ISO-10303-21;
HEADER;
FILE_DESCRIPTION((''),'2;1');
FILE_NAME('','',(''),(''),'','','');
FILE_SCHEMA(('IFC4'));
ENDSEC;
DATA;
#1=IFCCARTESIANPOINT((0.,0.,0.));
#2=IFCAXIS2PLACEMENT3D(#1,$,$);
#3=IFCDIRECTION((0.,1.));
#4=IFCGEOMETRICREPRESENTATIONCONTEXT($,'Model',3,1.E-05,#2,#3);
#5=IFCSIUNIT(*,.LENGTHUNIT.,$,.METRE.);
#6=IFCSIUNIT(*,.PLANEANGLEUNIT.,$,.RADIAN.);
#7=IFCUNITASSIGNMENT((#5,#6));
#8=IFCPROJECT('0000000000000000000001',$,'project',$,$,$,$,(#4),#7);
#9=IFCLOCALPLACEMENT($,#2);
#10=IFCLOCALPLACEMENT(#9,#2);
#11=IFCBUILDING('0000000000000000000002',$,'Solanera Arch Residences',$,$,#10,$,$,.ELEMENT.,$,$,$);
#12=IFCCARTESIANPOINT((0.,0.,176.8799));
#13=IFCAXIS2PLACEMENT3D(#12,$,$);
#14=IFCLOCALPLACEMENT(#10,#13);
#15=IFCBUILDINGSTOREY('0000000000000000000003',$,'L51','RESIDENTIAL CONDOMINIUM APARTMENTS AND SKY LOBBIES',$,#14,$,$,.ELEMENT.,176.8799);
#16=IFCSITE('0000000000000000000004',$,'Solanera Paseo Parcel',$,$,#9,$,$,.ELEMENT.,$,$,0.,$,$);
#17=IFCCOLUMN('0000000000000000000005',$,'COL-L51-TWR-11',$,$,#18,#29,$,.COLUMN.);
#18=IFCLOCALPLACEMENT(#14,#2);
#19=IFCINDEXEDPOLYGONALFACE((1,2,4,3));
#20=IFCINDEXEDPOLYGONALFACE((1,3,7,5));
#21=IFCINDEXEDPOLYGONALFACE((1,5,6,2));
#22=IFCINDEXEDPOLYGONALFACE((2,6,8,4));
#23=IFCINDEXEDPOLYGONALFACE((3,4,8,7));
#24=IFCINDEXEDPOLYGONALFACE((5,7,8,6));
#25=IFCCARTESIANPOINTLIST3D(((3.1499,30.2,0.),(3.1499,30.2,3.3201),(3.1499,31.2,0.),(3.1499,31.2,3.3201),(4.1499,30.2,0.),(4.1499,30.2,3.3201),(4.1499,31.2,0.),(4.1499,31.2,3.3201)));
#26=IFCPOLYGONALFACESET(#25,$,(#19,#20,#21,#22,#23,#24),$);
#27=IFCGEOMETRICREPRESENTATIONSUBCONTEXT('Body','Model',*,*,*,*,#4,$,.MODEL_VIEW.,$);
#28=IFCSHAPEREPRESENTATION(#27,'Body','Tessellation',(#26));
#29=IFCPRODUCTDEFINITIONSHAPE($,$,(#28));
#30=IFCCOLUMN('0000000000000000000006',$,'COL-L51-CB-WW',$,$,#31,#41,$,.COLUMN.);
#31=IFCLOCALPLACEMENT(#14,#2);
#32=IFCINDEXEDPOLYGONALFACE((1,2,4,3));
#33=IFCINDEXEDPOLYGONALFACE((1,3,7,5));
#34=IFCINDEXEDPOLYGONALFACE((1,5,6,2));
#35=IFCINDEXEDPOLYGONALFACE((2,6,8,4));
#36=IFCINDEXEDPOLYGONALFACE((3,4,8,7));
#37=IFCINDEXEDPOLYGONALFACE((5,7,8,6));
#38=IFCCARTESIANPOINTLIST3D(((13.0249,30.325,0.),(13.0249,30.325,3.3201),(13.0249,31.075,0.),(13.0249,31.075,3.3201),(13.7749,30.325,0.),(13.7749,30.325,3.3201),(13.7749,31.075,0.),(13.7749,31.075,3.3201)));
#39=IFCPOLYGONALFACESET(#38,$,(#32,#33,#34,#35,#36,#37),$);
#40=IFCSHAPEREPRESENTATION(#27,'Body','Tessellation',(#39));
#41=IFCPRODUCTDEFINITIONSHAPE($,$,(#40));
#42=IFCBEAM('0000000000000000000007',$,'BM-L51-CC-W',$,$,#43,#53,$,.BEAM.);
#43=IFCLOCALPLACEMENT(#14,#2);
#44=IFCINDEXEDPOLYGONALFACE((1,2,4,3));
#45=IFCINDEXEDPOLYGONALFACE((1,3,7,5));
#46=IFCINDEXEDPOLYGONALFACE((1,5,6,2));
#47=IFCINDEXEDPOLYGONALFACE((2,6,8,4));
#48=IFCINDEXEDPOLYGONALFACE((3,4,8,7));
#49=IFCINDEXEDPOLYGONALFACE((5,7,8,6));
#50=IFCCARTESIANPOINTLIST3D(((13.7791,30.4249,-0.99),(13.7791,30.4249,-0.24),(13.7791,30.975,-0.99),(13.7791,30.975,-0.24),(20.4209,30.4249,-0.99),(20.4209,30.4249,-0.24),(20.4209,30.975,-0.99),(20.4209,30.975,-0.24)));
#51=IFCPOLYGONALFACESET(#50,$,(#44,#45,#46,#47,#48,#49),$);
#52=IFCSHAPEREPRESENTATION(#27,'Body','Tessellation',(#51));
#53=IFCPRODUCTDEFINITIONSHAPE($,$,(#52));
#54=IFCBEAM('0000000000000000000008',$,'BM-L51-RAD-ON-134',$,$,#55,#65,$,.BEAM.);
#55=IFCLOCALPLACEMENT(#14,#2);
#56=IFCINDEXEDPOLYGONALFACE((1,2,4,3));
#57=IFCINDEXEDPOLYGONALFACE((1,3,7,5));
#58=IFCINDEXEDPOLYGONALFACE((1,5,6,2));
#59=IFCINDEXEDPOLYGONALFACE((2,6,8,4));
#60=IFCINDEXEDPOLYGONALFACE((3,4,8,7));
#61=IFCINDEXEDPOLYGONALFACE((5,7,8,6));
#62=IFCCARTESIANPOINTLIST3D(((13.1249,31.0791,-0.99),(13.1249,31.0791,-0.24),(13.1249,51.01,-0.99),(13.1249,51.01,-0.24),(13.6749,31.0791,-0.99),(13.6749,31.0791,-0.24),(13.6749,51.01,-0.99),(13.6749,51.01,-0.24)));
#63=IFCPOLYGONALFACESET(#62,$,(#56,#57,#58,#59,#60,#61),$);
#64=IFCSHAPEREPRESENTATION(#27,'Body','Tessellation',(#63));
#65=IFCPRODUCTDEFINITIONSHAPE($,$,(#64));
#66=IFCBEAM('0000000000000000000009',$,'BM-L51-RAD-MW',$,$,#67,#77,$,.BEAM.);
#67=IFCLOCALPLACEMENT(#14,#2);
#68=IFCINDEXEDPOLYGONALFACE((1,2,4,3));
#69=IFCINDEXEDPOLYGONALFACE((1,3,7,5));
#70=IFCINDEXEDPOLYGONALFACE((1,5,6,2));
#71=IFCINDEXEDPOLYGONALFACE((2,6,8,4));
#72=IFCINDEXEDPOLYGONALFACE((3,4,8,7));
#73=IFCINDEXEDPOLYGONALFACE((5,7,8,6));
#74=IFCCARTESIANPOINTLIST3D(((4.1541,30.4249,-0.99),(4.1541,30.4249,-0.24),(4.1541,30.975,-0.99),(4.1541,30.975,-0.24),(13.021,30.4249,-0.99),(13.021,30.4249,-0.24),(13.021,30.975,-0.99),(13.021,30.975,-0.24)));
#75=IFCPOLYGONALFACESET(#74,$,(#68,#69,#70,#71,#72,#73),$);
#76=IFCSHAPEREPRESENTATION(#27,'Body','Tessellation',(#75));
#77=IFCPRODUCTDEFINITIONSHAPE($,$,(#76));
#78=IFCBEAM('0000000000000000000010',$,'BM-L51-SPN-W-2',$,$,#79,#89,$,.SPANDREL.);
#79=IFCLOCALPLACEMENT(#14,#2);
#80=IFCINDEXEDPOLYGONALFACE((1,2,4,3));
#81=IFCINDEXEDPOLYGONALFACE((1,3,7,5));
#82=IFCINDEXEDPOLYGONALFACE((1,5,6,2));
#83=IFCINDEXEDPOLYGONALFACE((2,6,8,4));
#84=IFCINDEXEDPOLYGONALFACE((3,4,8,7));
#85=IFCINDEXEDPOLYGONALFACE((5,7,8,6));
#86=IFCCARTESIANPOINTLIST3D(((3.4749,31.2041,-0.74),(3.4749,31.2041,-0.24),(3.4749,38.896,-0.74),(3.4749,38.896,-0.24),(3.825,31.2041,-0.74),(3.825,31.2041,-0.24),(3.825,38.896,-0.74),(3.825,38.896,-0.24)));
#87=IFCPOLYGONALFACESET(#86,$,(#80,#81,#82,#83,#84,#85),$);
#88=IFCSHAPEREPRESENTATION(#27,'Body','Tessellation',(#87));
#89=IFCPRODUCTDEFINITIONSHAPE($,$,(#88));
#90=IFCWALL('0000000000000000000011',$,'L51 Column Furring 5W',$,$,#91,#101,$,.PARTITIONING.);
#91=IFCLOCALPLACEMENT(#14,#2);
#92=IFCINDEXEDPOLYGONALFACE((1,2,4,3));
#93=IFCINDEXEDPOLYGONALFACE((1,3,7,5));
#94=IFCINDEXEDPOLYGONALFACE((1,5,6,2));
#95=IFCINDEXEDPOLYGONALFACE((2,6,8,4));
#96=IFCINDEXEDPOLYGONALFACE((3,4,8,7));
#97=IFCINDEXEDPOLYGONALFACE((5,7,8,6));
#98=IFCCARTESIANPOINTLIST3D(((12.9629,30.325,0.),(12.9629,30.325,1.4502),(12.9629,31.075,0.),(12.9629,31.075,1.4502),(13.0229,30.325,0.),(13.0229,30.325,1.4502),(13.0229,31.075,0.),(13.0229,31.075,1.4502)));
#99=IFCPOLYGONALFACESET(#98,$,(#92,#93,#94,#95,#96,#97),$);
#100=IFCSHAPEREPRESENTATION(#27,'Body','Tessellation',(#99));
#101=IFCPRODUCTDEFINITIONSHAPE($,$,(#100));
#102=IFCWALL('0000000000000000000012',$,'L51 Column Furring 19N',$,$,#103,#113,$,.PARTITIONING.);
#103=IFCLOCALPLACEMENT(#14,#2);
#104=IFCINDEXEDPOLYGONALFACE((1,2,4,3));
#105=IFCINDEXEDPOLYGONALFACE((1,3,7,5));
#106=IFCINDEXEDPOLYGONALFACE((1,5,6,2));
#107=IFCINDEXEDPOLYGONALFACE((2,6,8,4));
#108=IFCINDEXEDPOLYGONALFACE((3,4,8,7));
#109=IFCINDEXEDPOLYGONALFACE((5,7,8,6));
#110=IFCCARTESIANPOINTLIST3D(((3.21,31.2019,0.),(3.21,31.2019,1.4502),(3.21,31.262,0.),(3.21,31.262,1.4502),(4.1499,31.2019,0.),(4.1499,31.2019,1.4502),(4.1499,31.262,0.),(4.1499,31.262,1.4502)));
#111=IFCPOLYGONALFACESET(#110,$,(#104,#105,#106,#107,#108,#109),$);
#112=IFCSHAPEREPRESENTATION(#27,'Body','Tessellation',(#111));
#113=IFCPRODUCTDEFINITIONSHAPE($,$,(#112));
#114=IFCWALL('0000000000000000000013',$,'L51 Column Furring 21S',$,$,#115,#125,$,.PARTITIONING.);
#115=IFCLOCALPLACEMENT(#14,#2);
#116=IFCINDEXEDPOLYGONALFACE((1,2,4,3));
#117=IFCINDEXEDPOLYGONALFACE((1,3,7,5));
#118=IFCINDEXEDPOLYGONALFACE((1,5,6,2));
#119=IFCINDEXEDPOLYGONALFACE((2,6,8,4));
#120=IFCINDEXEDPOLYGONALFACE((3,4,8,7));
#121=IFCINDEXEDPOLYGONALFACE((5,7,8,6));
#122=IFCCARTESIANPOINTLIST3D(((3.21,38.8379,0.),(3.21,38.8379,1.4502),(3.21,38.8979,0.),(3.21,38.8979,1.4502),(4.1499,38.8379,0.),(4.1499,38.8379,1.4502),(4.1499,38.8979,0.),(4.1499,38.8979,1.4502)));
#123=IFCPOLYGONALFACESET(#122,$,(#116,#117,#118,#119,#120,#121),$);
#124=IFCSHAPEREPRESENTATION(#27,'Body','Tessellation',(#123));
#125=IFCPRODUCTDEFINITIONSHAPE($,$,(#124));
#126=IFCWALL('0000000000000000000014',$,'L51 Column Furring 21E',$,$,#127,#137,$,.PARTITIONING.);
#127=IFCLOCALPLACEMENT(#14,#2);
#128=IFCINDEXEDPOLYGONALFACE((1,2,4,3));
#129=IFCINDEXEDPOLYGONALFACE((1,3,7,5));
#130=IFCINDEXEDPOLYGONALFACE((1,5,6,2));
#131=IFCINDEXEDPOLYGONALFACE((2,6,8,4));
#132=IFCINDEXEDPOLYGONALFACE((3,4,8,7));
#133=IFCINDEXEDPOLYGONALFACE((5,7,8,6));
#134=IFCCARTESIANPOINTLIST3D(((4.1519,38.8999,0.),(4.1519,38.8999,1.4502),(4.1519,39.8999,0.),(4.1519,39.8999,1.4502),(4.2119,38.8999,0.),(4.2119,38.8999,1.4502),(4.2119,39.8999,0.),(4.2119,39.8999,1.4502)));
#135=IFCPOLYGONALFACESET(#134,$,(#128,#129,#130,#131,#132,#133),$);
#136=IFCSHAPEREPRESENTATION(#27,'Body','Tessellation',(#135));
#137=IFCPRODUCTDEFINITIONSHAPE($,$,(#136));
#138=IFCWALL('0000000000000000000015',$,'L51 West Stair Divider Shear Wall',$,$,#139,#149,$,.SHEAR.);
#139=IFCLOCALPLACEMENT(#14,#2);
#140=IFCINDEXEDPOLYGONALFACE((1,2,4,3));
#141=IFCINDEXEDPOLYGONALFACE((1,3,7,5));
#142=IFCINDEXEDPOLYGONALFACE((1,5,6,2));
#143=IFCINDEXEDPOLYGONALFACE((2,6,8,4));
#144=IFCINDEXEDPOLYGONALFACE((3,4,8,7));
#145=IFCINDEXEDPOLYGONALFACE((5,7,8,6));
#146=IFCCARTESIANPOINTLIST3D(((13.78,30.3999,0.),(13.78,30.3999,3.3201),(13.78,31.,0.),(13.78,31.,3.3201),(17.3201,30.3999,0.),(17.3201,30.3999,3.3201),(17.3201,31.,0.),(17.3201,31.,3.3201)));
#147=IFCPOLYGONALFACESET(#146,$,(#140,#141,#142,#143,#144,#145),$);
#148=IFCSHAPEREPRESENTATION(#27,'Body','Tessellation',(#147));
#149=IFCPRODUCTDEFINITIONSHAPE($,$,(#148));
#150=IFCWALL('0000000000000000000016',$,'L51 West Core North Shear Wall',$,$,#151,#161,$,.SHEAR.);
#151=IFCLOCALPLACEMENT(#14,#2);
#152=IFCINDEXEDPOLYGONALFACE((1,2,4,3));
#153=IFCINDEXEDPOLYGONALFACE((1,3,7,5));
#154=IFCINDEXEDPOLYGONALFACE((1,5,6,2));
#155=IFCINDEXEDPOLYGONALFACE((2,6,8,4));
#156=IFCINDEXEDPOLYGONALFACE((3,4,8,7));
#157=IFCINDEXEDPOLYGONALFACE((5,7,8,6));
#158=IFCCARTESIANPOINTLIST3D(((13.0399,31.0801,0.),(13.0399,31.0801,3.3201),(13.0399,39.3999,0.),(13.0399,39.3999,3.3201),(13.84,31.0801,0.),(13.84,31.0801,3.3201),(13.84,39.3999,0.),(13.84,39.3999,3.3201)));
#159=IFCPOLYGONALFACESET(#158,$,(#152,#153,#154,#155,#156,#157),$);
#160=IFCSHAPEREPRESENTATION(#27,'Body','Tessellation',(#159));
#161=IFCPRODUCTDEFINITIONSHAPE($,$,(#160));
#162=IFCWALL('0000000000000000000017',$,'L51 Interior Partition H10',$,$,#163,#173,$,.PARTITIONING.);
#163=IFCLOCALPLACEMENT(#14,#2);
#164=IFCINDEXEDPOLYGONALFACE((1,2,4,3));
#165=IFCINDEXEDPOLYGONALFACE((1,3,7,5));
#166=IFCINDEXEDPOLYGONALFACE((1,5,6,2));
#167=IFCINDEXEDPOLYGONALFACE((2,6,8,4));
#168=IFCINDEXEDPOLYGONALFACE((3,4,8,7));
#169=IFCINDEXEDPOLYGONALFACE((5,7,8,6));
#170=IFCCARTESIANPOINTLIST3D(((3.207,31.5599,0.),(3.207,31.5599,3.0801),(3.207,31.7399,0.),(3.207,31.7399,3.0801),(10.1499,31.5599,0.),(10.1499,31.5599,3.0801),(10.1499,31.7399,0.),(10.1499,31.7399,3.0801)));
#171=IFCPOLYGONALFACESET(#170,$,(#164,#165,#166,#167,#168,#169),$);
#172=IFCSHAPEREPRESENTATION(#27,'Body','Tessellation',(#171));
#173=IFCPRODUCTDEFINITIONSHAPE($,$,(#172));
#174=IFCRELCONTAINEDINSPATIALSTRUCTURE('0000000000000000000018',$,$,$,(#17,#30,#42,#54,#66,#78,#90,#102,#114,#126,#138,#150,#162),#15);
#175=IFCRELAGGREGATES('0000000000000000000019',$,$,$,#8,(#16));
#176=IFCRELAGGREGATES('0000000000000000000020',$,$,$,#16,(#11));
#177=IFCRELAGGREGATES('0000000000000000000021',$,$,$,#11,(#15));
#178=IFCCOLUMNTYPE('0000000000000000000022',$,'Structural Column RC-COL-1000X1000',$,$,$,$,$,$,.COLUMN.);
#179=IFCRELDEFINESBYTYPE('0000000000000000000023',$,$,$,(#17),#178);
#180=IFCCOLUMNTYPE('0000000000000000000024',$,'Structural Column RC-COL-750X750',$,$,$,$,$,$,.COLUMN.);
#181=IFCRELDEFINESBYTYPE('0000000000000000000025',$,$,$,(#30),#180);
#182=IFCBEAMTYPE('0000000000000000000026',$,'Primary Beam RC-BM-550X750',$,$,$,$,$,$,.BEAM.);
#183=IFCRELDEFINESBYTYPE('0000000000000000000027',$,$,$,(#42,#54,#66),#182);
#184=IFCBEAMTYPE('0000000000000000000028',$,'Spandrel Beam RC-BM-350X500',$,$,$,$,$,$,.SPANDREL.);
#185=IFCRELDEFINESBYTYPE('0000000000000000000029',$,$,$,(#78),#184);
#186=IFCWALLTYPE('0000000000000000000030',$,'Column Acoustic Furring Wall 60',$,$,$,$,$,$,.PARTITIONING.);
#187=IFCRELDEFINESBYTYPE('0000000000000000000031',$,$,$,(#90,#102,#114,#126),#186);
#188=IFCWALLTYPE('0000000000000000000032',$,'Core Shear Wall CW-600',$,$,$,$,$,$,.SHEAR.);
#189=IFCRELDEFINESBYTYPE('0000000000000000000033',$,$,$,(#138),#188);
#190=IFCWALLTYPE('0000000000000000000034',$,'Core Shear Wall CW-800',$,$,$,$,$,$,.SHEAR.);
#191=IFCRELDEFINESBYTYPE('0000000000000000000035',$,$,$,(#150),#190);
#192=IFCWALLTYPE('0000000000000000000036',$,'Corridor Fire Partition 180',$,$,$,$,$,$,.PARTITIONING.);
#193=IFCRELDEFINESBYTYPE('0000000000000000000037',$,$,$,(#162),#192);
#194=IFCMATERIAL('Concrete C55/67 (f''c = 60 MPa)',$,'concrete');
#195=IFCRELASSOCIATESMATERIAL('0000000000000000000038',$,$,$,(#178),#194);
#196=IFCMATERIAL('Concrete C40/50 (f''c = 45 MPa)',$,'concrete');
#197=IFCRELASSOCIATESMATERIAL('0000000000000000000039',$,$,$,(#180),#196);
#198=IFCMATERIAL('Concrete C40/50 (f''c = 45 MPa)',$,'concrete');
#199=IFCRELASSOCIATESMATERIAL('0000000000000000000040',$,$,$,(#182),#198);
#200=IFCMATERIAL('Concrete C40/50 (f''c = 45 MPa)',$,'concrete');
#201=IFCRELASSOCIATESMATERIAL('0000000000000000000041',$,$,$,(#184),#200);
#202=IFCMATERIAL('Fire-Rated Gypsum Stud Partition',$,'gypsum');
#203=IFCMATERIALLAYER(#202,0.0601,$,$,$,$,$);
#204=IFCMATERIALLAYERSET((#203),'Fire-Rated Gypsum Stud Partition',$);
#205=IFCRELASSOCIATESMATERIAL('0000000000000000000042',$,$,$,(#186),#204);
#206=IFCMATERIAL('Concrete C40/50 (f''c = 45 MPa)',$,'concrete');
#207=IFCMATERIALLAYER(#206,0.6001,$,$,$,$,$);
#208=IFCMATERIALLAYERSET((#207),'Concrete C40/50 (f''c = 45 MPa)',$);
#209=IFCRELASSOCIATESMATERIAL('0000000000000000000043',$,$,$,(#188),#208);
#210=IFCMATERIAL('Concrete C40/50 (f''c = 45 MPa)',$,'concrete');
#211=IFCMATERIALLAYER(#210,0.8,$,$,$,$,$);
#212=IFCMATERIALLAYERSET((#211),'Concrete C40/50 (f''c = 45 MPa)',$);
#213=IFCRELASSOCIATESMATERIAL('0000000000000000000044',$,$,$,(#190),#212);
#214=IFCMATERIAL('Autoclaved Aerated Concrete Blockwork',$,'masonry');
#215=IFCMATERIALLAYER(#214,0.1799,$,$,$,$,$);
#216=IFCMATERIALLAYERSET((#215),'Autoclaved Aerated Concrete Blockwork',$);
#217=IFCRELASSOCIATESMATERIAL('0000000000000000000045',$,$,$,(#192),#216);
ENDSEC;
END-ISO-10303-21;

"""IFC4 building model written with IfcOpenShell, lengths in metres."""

from ifc_helpers import new_model, si_unit, direction, frame, frame_2d, origin, origin_2d, place, context, subcontext, project, spatial, rectangle, extrude, material, layer, layer_set, material_profile, profile_set, type_object, element, save


model = new_model("IFC4")

# Units and contexts
model_context = context("Model", 3, precision=1e-05, world=origin(), true_north=direction((0.0, 1.0)))
body_context = subcontext(model_context, "Body", "Model", "MODEL_VIEW")
ifc_project = project(units=[si_unit("LENGTHUNIT", "METRE"), si_unit("PLANEANGLEUNIT", "RADIAN")], contexts=[model_context])

# Site, building, storey
site_placement = place(None, origin())
site = spatial("IfcSite", under=ifc_project, at=site_placement, Name="Solanera Paseo Parcel", CompositionType="ELEMENT", RefElevation=0.0)
building_placement = place(site_placement, origin())
building = spatial("IfcBuilding", under=site, at=building_placement, Name="Solanera Arch Residences", CompositionType="ELEMENT")
storey_placement = place(building_placement, frame((0.0, 0.0, 176.8799)))
storey = spatial("IfcBuildingStorey", under=building, at=storey_placement, Name="L51", Description="RESIDENTIAL CONDOMINIUM APARTMENTS AND SKY LOBBIES", CompositionType="ELEMENT", Elevation=176.8799)

# Columns
ifc_material_1 = material(Name="Concrete C55/67 (f'c = 60 MPa)", Category="concrete")
ifc_material_profile_1 = material_profile(ifc_material_1, rectangle(XDim=1.0, YDim=1.0, at=origin_2d()))
ifc_profile_set_1 = profile_set([ifc_material_profile_1], Name="Concrete C55/67 (f'c = 60 MPa)")
column_type_1 = type_object("IfcColumnType", Name="Structural Column RC-COL-1000X1000", PredefinedType="COLUMN", material=ifc_profile_set_1)
column_1_placement = place(storey_placement, frame((3.6499, 30.7, 0.0), z_axis=(0.0, 0.0, 1.0), x_axis=(1.0, 0.0, 0.0)))
element("IfcColumn", 1, at=column_1_placement, inside=storey, type_object=column_type_1, Name="COL-L51-TWR-11", PredefinedType="COLUMN", context=body_context, shape_type="SweptSolid", body=[
    extrude(rectangle(XDim=1.0, YDim=1.0, at=origin_2d()), origin(), (0.0, 0.0, 1.0), 3.3201),
])
ifc_material_2 = material(Name="Concrete C40/50 (f'c = 45 MPa)", Category="concrete")
ifc_material_profile_2 = material_profile(ifc_material_2, rectangle(XDim=0.75, YDim=0.75, at=origin_2d()))
ifc_profile_set_2 = profile_set([ifc_material_profile_2], Name="Concrete C40/50 (f'c = 45 MPa)")
column_type_2 = type_object("IfcColumnType", Name="Structural Column RC-COL-750X750", PredefinedType="COLUMN", material=ifc_profile_set_2)
column_2_placement = place(storey_placement, frame((13.3999, 30.7, 0.0), z_axis=(0.0, 0.0, 1.0), x_axis=(1.0, 0.0, 0.0)))
element("IfcColumn", 2, at=column_2_placement, inside=storey, type_object=column_type_2, Name="COL-L51-CB-WW", PredefinedType="COLUMN", context=body_context, shape_type="SweptSolid", body=[
    extrude(rectangle(XDim=0.75, YDim=0.75, at=origin_2d()), origin(), (0.0, 0.0, 1.0), 3.3201),
])

# Beams
ifc_material_3 = material(Name="Concrete C40/50 (f'c = 45 MPa)", Category="concrete")
ifc_material_profile_3 = material_profile(ifc_material_3, rectangle(XDim=0.55, YDim=0.75, at=origin_2d()))
ifc_profile_set_3 = profile_set([ifc_material_profile_3], Name="Concrete C40/50 (f'c = 45 MPa)")
beam_type_1 = type_object("IfcBeamType", Name="Primary Beam RC-BM-550X750", PredefinedType="BEAM", material=ifc_profile_set_3)
beam_1_placement = place(storey_placement, frame((13.7791, 30.7, -0.615), z_axis=(1.0, 0.0, 0.0), x_axis=(0.0, 1.0, 0.0)))
element("IfcBeam", 3, at=beam_1_placement, inside=storey, type_object=beam_type_1, Name="BM-L51-CC-W", PredefinedType="BEAM", context=body_context, shape_type="SweptSolid", body=[
    extrude(rectangle(XDim=0.55, YDim=0.75, at=origin_2d()), origin(), (0.0, 0.0, 1.0), 6.6418),
])
beam_2_placement = place(storey_placement, frame((13.3999, 31.0791, -0.615), z_axis=(0.0, 1.0, 0.0), x_axis=(-1.0, 0.0, 0.0)))
element("IfcBeam", 4, at=beam_2_placement, inside=storey, type_object=beam_type_1, Name="BM-L51-RAD-ON-134", PredefinedType="BEAM", context=body_context, shape_type="SweptSolid", body=[
    extrude(rectangle(XDim=0.55, YDim=0.75, at=origin_2d()), origin(), (0.0, 0.0, 1.0), 19.9309),
])
beam_3_placement = place(storey_placement, frame((4.1541, 30.7, -0.615), z_axis=(1.0, 0.0, 0.0), x_axis=(0.0, 1.0, 0.0)))
element("IfcBeam", 5, at=beam_3_placement, inside=storey, type_object=beam_type_1, Name="BM-L51-RAD-MW", PredefinedType="BEAM", context=body_context, shape_type="SweptSolid", body=[
    extrude(rectangle(XDim=0.55, YDim=0.75, at=origin_2d()), origin(), (0.0, 0.0, 1.0), 8.8669),
])
ifc_material_4 = material(Name="Concrete C40/50 (f'c = 45 MPa)", Category="concrete")
ifc_material_profile_4 = material_profile(ifc_material_4, rectangle(XDim=0.3501, YDim=0.5, at=origin_2d()))
ifc_profile_set_4 = profile_set([ifc_material_profile_4], Name="Concrete C40/50 (f'c = 45 MPa)")
beam_type_2 = type_object("IfcBeamType", Name="Spandrel Beam RC-BM-350X500", PredefinedType="SPANDREL", material=ifc_profile_set_4)
beam_4_placement = place(storey_placement, frame((3.6499, 31.2041, -0.49), z_axis=(0.0, 1.0, 0.0), x_axis=(-1.0, 0.0, 0.0)))
element("IfcBeam", 6, at=beam_4_placement, inside=storey, type_object=beam_type_2, Name="BM-L51-SPN-W-2", PredefinedType="SPANDREL", context=body_context, shape_type="SweptSolid", body=[
    extrude(rectangle(XDim=0.3501, YDim=0.5, at=origin_2d()), origin(), (0.0, 0.0, 1.0), 7.6919),
])

# Walls
ifc_material_5 = material(Name="Fire-Rated Gypsum Stud Partition", Category="gypsum")
ifc_layer_1 = layer(ifc_material_5, 0.0601)
ifc_layer_set_1 = layer_set([ifc_layer_1], Name="Fire-Rated Gypsum Stud Partition")
wall_type_1 = type_object("IfcWallType", Name="Column Acoustic Furring Wall 60", PredefinedType="PARTITIONING", material=ifc_layer_set_1)
wall_1_placement = place(storey_placement, frame((12.9929, 30.325, 0.0), z_axis=(0.0, 0.0, 1.0), x_axis=(0.0, 1.0, 0.0)))
element("IfcWall", 7, at=wall_1_placement, inside=storey, type_object=wall_type_1, Name="L51 Column Furring 5W", PredefinedType="PARTITIONING", context=body_context, shape_type="SweptSolid", body=[
    extrude(rectangle(XDim=0.75, YDim=0.0601, at=frame_2d((0.375, 0.0))), origin(), (0.0, 0.0, 1.0), 1.4502),
])
for number, where, z_axis, x_axis, name in (
    (8, (3.21, 31.2319, 0.0), (0.0, 0.0, 1.0), (1.0, 0.0, 0.0), "L51 Column Furring 19N"),
    (9, (3.21, 38.8679, 0.0), (0.0, 0.0, 1.0), (1.0, 0.0, 0.0), "L51 Column Furring 21S"),
):
    element("IfcWall", number, at=place(storey_placement, frame(where, z_axis=z_axis, x_axis=x_axis)), inside=storey, type_object=wall_type_1, Name=name, PredefinedType="PARTITIONING", context=body_context, shape_type="SweptSolid", body=[
        extrude(rectangle(XDim=0.9399, YDim=0.0601, at=frame_2d((0.47, 0.0))), origin(), (0.0, 0.0, 1.0), 1.4502),
    ])
wall_2_placement = place(storey_placement, frame((4.1819, 38.8999, 0.0), z_axis=(0.0, 0.0, 1.0), x_axis=(0.0, 1.0, 0.0)))
element("IfcWall", 10, at=wall_2_placement, inside=storey, type_object=wall_type_1, Name="L51 Column Furring 21E", PredefinedType="PARTITIONING", context=body_context, shape_type="SweptSolid", body=[
    extrude(rectangle(XDim=1.0, YDim=0.0601, at=frame_2d((0.5, 0.0))), origin(), (0.0, 0.0, 1.0), 1.4502),
])
ifc_material_6 = material(Name="Concrete C40/50 (f'c = 45 MPa)", Category="concrete")
ifc_layer_2 = layer(ifc_material_6, 0.6001)
ifc_layer_set_2 = layer_set([ifc_layer_2], Name="Concrete C40/50 (f'c = 45 MPa)")
wall_type_2 = type_object("IfcWallType", Name="Core Shear Wall CW-600", PredefinedType="SHEAR", material=ifc_layer_set_2)
wall_3_placement = place(storey_placement, frame((13.78, 30.7, 0.0), z_axis=(0.0, 0.0, 1.0), x_axis=(1.0, 0.0, 0.0)))
element("IfcWall", 11, at=wall_3_placement, inside=storey, type_object=wall_type_2, Name="L51 West Stair Divider Shear Wall", PredefinedType="SHEAR", context=body_context, shape_type="SweptSolid", body=[
    extrude(rectangle(XDim=3.54, YDim=0.6001, at=frame_2d((1.77, 0.0))), origin(), (0.0, 0.0, 1.0), 3.3201),
])
ifc_material_7 = material(Name="Concrete C40/50 (f'c = 45 MPa)", Category="concrete")
ifc_layer_3 = layer(ifc_material_7, 0.8)
ifc_layer_set_3 = layer_set([ifc_layer_3], Name="Concrete C40/50 (f'c = 45 MPa)")
wall_type_3 = type_object("IfcWallType", Name="Core Shear Wall CW-800", PredefinedType="SHEAR", material=ifc_layer_set_3)
wall_4_placement = place(storey_placement, frame((13.4399, 31.0801, 0.0), z_axis=(0.0, 0.0, 1.0), x_axis=(0.0, 1.0, 0.0)))
element("IfcWall", 12, at=wall_4_placement, inside=storey, type_object=wall_type_3, Name="L51 West Core North Shear Wall", PredefinedType="SHEAR", context=body_context, shape_type="SweptSolid", body=[
    extrude(rectangle(XDim=8.3198, YDim=0.8, at=frame_2d((4.1599, 0.0))), origin(), (0.0, 0.0, 1.0), 3.3201),
])
ifc_material_8 = material(Name="Autoclaved Aerated Concrete Blockwork", Category="masonry")
ifc_layer_4 = layer(ifc_material_8, 0.1799)
ifc_layer_set_4 = layer_set([ifc_layer_4], Name="Autoclaved Aerated Concrete Blockwork")
wall_type_4 = type_object("IfcWallType", Name="Corridor Fire Partition 180", PredefinedType="PARTITIONING", material=ifc_layer_set_4)
wall_5_placement = place(storey_placement, frame((3.207, 31.6499, 0.0), z_axis=(0.0, 0.0, 1.0), x_axis=(1.0, 0.0, 0.0)))
element("IfcWall", 13, at=wall_5_placement, inside=storey, type_object=wall_type_4, Name="L51 Interior Partition H10", PredefinedType="PARTITIONING", context=body_context, shape_type="SweptSolid", body=[
    extrude(rectangle(XDim=6.9429, YDim=0.1799, at=frame_2d((3.4714, 0.0))), origin(), (0.0, 0.0, 1.0), 3.0801),
])

save(model, "model.ifc")
